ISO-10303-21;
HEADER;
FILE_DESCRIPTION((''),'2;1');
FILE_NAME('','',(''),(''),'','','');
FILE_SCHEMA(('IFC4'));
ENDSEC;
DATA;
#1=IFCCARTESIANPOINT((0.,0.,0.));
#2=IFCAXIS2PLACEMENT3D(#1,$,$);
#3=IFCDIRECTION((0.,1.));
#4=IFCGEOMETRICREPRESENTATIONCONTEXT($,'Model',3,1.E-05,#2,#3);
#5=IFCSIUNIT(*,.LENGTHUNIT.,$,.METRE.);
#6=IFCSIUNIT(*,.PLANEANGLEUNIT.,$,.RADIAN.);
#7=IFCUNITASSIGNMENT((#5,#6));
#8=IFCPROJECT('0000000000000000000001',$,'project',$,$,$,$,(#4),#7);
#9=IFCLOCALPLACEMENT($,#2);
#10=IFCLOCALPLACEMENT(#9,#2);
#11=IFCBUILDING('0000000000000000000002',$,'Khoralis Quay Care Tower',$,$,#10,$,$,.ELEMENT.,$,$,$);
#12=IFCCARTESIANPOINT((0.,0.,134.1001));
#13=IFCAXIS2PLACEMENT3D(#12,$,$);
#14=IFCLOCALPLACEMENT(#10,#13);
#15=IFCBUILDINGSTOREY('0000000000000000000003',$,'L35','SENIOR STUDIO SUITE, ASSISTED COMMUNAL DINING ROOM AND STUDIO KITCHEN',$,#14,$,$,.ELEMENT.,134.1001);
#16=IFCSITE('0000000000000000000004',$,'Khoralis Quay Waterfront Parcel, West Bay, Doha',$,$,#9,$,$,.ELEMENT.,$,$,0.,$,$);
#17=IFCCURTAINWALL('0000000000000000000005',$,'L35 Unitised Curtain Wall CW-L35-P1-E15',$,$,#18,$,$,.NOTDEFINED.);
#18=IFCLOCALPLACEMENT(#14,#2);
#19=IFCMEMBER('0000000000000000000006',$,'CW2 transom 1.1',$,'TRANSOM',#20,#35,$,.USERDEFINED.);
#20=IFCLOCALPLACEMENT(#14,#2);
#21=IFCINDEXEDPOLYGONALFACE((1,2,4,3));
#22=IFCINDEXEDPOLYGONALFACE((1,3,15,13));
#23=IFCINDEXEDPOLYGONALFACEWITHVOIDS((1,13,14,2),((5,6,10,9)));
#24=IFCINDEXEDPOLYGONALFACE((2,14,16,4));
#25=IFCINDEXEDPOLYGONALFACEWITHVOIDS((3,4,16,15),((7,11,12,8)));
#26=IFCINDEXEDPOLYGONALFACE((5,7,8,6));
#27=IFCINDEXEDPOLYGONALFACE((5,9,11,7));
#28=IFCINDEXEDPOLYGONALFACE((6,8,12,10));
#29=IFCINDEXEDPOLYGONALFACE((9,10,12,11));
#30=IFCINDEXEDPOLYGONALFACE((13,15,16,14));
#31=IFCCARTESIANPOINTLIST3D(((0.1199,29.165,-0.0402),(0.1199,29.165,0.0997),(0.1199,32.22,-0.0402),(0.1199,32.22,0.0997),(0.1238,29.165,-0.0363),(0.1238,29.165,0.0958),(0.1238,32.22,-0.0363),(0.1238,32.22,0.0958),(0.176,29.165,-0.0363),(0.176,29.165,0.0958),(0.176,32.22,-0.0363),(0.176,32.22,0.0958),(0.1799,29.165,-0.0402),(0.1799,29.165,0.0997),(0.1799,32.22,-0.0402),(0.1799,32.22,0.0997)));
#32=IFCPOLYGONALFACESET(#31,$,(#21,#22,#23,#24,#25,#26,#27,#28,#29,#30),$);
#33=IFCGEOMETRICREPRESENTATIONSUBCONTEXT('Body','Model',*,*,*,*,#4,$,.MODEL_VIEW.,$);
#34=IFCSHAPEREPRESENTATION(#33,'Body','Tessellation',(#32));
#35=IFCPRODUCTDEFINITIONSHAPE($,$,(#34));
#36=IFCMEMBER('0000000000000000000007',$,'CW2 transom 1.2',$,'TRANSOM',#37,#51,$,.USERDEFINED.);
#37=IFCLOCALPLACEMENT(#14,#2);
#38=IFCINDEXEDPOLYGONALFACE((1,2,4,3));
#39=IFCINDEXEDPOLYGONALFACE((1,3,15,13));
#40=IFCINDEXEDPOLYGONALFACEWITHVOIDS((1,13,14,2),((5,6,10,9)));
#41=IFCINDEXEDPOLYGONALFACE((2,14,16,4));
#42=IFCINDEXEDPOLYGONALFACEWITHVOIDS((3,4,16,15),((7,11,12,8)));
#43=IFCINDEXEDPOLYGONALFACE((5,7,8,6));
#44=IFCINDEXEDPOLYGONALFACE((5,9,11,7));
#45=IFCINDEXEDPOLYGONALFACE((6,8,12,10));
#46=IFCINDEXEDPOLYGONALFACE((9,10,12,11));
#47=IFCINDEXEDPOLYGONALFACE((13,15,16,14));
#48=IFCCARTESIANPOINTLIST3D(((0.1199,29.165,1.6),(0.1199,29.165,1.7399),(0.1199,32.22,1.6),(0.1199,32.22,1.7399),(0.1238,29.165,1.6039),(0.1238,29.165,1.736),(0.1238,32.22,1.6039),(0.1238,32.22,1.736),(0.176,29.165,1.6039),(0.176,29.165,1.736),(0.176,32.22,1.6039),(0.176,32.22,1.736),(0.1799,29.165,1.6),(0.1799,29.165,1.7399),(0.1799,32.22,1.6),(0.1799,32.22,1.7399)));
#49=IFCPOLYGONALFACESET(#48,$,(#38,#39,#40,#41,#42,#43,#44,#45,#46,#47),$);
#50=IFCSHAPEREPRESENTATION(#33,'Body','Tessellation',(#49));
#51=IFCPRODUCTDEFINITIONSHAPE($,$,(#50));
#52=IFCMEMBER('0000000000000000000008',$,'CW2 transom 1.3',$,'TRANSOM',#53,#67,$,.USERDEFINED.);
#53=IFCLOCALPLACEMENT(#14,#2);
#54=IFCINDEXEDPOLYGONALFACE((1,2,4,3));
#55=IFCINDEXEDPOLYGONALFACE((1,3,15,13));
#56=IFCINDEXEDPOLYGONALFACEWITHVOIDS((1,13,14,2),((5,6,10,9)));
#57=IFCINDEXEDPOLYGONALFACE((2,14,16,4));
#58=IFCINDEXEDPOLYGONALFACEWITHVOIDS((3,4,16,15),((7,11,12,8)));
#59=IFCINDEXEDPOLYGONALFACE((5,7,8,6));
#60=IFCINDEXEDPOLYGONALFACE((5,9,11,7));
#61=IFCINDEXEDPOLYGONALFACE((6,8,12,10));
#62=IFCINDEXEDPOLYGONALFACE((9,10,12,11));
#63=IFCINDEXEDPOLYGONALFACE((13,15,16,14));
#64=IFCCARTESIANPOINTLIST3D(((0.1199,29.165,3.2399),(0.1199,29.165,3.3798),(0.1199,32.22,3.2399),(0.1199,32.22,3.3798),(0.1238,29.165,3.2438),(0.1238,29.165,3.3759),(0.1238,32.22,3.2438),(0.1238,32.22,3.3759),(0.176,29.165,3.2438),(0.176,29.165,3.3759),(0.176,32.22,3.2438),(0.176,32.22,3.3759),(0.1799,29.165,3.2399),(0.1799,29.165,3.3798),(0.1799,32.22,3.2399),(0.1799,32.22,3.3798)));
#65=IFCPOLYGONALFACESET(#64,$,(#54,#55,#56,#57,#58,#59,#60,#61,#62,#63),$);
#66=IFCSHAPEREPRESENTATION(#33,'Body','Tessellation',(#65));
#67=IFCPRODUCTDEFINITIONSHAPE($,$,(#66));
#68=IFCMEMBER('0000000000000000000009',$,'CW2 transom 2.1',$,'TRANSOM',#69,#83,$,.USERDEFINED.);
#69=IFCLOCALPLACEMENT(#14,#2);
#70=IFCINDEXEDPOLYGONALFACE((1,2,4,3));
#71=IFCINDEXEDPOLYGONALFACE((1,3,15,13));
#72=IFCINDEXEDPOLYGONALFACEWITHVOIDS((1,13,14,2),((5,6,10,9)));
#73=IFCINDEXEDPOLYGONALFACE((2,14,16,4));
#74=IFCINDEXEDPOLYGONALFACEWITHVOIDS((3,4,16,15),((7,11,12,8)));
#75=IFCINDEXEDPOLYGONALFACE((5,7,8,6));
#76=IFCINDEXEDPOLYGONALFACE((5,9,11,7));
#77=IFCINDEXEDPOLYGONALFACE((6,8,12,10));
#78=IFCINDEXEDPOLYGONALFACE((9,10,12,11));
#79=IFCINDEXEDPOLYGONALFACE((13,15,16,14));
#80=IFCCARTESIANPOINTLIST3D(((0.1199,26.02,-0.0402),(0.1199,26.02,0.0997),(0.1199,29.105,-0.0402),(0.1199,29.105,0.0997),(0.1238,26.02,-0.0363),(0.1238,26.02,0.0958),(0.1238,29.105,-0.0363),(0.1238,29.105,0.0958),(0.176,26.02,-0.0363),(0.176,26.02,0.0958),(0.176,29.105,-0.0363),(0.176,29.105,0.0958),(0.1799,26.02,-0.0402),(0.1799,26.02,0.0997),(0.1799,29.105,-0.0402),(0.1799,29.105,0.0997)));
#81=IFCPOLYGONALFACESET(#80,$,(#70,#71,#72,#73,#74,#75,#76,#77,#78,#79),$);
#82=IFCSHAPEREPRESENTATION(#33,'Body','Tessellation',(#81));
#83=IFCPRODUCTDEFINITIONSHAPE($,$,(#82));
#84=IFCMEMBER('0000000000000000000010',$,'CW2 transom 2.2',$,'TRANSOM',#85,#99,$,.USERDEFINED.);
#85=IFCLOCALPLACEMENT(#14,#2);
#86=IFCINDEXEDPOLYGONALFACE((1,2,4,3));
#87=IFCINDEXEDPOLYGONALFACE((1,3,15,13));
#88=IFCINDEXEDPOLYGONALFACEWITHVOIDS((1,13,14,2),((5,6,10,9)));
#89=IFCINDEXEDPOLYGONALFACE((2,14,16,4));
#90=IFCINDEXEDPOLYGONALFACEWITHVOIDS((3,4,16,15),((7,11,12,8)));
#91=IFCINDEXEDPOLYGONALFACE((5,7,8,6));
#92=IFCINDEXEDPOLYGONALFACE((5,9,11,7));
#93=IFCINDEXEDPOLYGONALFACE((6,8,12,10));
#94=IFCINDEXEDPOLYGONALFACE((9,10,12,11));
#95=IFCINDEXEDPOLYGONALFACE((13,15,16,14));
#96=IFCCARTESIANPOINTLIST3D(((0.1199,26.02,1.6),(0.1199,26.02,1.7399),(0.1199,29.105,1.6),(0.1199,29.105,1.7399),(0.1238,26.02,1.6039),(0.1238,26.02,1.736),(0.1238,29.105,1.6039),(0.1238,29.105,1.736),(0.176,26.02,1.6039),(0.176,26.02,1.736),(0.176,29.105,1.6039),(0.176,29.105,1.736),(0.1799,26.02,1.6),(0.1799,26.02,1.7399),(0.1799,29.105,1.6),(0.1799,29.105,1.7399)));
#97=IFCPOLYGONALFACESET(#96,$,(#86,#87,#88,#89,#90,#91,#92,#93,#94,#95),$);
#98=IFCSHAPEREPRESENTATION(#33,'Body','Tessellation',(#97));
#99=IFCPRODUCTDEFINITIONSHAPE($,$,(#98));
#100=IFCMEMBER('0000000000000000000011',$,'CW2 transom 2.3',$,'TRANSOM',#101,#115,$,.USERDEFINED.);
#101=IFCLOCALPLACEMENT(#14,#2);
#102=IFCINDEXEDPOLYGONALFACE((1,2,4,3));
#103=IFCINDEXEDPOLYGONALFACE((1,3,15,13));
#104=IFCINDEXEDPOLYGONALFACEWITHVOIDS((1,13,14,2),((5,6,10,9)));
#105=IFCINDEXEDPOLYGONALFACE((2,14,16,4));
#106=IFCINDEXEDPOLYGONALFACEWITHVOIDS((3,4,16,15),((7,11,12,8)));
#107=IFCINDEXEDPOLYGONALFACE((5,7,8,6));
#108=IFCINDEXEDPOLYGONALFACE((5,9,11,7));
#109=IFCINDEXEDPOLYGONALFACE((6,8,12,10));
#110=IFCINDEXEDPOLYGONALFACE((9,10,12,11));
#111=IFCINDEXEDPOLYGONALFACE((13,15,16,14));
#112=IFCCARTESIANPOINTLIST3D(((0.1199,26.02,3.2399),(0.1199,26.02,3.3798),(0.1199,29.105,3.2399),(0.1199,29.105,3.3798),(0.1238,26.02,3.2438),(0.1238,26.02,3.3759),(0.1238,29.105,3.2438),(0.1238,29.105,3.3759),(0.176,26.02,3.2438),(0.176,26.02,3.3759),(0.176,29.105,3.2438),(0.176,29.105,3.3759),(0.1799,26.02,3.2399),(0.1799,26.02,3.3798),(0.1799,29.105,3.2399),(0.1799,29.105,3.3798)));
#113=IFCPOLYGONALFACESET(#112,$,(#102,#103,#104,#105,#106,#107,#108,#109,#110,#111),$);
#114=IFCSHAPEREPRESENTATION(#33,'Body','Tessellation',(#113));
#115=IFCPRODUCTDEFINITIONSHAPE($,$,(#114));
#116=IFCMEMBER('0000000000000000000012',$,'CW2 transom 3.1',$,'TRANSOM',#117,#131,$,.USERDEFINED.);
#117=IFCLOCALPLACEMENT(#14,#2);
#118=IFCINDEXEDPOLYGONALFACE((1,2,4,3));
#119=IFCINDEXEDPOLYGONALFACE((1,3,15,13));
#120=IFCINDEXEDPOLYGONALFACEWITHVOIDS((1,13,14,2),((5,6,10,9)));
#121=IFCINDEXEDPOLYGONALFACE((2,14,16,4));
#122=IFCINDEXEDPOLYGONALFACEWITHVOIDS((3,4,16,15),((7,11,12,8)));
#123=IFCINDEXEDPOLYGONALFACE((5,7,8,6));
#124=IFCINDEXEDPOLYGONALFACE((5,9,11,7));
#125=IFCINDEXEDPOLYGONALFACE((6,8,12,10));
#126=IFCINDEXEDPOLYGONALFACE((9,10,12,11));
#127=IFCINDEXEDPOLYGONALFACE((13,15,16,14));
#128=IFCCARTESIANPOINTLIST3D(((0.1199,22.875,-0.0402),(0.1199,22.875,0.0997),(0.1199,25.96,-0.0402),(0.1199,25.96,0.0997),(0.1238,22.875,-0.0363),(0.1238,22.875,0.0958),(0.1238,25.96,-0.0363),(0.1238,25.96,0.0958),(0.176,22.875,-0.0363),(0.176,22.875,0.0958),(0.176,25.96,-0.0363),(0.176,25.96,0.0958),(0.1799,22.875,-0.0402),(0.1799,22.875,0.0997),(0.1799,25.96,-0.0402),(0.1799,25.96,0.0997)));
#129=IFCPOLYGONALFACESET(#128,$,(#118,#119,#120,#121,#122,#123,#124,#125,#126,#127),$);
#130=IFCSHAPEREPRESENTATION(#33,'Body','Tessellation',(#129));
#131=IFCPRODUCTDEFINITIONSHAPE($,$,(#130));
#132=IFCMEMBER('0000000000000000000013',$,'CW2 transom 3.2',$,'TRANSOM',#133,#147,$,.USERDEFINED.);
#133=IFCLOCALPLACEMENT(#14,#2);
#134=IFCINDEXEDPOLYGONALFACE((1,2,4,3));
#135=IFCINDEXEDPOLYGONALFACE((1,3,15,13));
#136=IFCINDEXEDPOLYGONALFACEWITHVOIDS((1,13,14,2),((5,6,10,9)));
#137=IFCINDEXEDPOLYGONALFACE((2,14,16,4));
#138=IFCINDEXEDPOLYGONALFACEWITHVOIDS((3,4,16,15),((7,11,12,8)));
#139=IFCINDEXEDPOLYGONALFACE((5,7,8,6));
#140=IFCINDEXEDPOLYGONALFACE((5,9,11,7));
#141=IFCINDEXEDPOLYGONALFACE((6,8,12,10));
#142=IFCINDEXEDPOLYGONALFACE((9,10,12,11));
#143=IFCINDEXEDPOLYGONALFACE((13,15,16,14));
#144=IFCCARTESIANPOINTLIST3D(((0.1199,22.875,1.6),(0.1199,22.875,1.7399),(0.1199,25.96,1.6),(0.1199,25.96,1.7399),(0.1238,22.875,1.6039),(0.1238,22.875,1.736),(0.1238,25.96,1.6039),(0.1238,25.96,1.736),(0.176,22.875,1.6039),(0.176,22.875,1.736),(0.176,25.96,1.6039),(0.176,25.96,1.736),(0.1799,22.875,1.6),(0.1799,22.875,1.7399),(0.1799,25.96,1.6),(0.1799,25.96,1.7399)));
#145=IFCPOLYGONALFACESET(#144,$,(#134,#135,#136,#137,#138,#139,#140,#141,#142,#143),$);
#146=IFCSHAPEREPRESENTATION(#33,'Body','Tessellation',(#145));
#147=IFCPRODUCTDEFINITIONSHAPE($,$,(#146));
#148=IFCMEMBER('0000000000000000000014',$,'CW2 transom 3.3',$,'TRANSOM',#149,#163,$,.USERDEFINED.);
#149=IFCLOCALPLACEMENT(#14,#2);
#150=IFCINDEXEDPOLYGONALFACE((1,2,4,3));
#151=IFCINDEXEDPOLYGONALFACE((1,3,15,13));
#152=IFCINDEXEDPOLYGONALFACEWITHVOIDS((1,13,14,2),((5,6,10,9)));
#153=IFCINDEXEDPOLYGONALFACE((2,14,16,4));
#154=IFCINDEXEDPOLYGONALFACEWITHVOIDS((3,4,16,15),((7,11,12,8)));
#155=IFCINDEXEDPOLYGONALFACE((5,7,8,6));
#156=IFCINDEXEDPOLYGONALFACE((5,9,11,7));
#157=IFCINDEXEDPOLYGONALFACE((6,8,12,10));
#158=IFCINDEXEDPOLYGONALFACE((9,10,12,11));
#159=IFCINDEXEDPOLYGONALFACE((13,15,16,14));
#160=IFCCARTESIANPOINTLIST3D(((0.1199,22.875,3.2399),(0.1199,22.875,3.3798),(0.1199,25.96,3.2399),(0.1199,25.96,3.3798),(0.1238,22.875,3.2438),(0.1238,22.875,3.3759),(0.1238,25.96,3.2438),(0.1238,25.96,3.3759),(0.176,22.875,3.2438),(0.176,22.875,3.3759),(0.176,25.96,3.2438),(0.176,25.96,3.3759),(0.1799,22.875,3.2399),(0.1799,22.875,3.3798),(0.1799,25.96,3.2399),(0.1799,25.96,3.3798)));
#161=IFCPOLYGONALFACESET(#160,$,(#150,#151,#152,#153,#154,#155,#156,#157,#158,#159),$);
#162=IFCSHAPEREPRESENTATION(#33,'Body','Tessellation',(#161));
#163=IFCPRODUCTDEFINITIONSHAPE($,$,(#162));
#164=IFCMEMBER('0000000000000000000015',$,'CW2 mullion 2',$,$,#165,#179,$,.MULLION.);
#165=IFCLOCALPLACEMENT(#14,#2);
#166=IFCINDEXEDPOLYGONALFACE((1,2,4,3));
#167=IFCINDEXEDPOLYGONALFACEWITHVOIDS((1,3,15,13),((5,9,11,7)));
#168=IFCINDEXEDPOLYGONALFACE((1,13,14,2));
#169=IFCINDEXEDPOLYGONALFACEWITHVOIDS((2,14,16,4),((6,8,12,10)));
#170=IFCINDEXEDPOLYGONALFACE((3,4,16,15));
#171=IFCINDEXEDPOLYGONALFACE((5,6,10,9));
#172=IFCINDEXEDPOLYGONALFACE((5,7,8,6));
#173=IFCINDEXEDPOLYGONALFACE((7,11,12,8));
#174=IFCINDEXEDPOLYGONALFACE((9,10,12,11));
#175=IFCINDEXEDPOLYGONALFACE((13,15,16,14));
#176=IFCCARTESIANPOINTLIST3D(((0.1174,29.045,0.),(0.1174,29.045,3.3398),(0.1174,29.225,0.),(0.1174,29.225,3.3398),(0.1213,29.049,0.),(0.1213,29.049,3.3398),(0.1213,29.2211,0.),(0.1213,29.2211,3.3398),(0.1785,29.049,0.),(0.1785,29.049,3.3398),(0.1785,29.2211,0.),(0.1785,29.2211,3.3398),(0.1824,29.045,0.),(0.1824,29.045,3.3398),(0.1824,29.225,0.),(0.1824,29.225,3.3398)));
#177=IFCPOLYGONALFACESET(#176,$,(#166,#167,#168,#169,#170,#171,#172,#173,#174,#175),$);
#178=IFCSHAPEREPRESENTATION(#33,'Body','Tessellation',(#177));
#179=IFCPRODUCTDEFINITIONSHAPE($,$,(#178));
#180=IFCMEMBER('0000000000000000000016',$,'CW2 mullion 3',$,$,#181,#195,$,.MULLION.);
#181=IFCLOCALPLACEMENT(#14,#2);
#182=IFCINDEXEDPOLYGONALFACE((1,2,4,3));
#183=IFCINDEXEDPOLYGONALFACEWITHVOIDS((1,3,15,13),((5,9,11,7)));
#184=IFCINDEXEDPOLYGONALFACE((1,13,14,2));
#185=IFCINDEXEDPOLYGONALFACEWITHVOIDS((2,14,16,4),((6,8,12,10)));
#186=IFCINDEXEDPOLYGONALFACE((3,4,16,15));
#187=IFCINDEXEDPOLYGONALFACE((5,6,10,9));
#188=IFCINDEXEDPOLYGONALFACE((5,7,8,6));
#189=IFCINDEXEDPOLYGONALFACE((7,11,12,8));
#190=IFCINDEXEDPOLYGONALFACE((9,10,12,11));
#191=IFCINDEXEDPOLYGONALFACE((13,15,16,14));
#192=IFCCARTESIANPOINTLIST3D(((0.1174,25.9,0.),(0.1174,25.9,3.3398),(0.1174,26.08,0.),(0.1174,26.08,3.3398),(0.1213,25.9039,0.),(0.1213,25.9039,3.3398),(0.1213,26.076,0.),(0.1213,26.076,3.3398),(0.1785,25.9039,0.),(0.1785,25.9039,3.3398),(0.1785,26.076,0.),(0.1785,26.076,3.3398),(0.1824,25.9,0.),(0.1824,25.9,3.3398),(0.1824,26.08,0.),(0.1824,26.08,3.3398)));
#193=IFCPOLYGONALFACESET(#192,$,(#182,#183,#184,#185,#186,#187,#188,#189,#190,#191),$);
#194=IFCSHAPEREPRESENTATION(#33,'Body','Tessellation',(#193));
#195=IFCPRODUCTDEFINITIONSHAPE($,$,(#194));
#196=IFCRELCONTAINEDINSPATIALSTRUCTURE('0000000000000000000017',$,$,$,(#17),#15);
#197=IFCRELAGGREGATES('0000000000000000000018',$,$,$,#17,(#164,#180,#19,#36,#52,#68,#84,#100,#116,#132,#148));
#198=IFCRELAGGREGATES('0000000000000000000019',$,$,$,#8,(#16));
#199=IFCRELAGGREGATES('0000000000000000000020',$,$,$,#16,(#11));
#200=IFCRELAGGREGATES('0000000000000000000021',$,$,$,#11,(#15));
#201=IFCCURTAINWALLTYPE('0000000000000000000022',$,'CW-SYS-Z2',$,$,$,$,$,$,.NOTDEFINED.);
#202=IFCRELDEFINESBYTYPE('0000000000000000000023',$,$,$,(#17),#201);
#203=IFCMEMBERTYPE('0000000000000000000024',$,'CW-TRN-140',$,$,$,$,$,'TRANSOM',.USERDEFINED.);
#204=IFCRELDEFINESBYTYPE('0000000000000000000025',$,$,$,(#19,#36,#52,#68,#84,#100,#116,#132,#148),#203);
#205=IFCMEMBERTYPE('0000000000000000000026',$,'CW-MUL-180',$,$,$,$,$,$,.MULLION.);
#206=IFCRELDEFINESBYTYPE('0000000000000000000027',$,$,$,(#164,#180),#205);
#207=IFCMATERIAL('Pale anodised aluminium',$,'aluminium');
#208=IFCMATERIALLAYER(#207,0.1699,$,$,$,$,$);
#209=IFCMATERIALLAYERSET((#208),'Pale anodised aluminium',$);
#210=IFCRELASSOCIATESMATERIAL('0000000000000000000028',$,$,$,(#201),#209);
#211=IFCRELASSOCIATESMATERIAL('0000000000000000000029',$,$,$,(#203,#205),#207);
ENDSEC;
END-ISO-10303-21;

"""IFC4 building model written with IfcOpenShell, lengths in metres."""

from ifc_helpers import new_model, si_unit, direction, frame, origin, origin_2d, place, context, subcontext, project, spatial, hollow_rectangle, extrude, source, transform, mapped, material, layer, layer_set, material_profile, profile_set, type_object, element, aggregate, save


model = new_model("IFC4")

# Units and contexts
model_context = context("Model", 3, precision=1e-05, world=origin(), true_north=direction((0.0, 1.0)))
body_context = subcontext(model_context, "Body", "Model", "MODEL_VIEW")
ifc_project = project(units=[si_unit("LENGTHUNIT", "METRE"), si_unit("PLANEANGLEUNIT", "RADIAN")], contexts=[model_context])

# Site, building, storey
site_placement = place(None, origin())
site = spatial("IfcSite", under=ifc_project, at=site_placement, Name="Khoralis Quay Waterfront Parcel, West Bay, Doha", CompositionType="ELEMENT", RefElevation=0.0)
building_placement = place(site_placement, origin())
building = spatial("IfcBuilding", under=site, at=building_placement, Name="Khoralis Quay Care Tower", CompositionType="ELEMENT")
storey_placement = place(building_placement, frame((0.0, 0.0, 134.1001)))
storey = spatial("IfcBuildingStorey", under=building, at=storey_placement, Name="L35", Description="SENIOR STUDIO SUITE, ASSISTED COMMUNAL DINING ROOM AND STUDIO KITCHEN", CompositionType="ELEMENT", Elevation=134.1001)

# Curtain wall, members
ifc_material_1 = material(Name="Pale anodised aluminium", Category="aluminium")
ifc_layer_1 = layer(ifc_material_1, 0.1699)
ifc_layer_set_1 = layer_set([ifc_layer_1], Name="Pale anodised aluminium")
curtain_wall_type = type_object("IfcCurtainWallType", Name="CW-SYS-Z2", PredefinedType="NOTDEFINED", material=ifc_layer_set_1)
curtain_wall_placement = place(storey_placement, origin())
curtain_wall = element("IfcCurtainWall", 1, at=curtain_wall_placement, inside=storey, type_object=curtain_wall_type, Name="L35 Unitised Curtain Wall CW-L35-P1-E15", PredefinedType="NOTDEFINED")
ifc_material_profile_1 = material_profile(ifc_material_1, hollow_rectangle(XDim=0.0601, YDim=0.1399, WallThickness=0.0039, at=origin_2d()), Name="Pale anodised aluminium")
ifc_profile_set_1 = profile_set([ifc_material_profile_1], Name="Pale anodised aluminium")
member_type_1 = type_object("IfcMemberType", Name="CW-TRN-140", ElementType="TRANSOM", PredefinedType="USERDEFINED", material=ifc_profile_set_1)
shared_shape_1 = source(origin(), body_context, "Body", "SweptSolid", [
    extrude(hollow_rectangle(XDim=0.0601, YDim=0.1399, WallThickness=0.0039, at=origin_2d()), origin(), (0.0, 0.0, 1.0), 3.0549),
])
member_1_placement = place(storey_placement, frame((0.1499, 32.22, 0.0298), z_axis=(0.0, -1.0, 0.0), x_axis=(1.0, 0.0, 0.0)))
member_1 = element("IfcMember", 2, at=member_1_placement, type_object=member_type_1, Name="CW2 transom 1.1", ObjectType="TRANSOM", PredefinedType="USERDEFINED", context=body_context, shape_type="MappedRepresentation", body=[
    mapped(shared_shape_1, transform((0.0, 0.0, 0.0), scale=1.0)),
])
member_2_placement = place(storey_placement, frame((0.1499, 32.22, 1.6699), z_axis=(0.0, -1.0, 0.0), x_axis=(1.0, 0.0, 0.0)))
member_2 = element("IfcMember", 3, at=member_2_placement, type_object=member_type_1, Name="CW2 transom 1.2", ObjectType="TRANSOM", PredefinedType="USERDEFINED", context=body_context, shape_type="MappedRepresentation", body=[
    mapped(shared_shape_1, transform((0.0, 0.0, 0.0), scale=1.0)),
])
member_3_placement = place(storey_placement, frame((0.1499, 32.22, 3.3098), z_axis=(0.0, -1.0, 0.0), x_axis=(1.0, 0.0, 0.0)))
member_3 = element("IfcMember", 4, at=member_3_placement, type_object=member_type_1, Name="CW2 transom 1.3", ObjectType="TRANSOM", PredefinedType="USERDEFINED", context=body_context, shape_type="MappedRepresentation", body=[
    mapped(shared_shape_1, transform((0.0, 0.0, 0.0), scale=1.0)),
])
shared_shape_2 = source(origin(), body_context, "Body", "SweptSolid", [
    extrude(hollow_rectangle(XDim=0.0601, YDim=0.1399, WallThickness=0.0039, at=origin_2d()), origin(), (0.0, 0.0, 1.0), 3.085),
])
member_4_placement = place(storey_placement, frame((0.1499, 29.105, 0.0298), z_axis=(0.0, -1.0, 0.0), x_axis=(1.0, 0.0, 0.0)))
member_4 = element("IfcMember", 5, at=member_4_placement, type_object=member_type_1, Name="CW2 transom 2.1", ObjectType="TRANSOM", PredefinedType="USERDEFINED", context=body_context, shape_type="MappedRepresentation", body=[
    mapped(shared_shape_2, transform((0.0, 0.0, 0.0), scale=1.0)),
])
member_5_placement = place(storey_placement, frame((0.1499, 29.105, 1.6699), z_axis=(0.0, -1.0, 0.0), x_axis=(1.0, 0.0, 0.0)))
member_5 = element("IfcMember", 6, at=member_5_placement, type_object=member_type_1, Name="CW2 transom 2.2", ObjectType="TRANSOM", PredefinedType="USERDEFINED", context=body_context, shape_type="MappedRepresentation", body=[
    mapped(shared_shape_2, transform((0.0, 0.0, 0.0), scale=1.0)),
])
member_6_placement = place(storey_placement, frame((0.1499, 29.105, 3.3098), z_axis=(0.0, -1.0, 0.0), x_axis=(1.0, 0.0, 0.0)))
member_6 = element("IfcMember", 7, at=member_6_placement, type_object=member_type_1, Name="CW2 transom 2.3", ObjectType="TRANSOM", PredefinedType="USERDEFINED", context=body_context, shape_type="MappedRepresentation", body=[
    mapped(shared_shape_2, transform((0.0, 0.0, 0.0), scale=1.0)),
])
member_7_placement = place(storey_placement, frame((0.1499, 25.96, 0.0298), z_axis=(0.0, -1.0, 0.0), x_axis=(1.0, 0.0, 0.0)))
member_7 = element("IfcMember", 8, at=member_7_placement, type_object=member_type_1, Name="CW2 transom 3.1", ObjectType="TRANSOM", PredefinedType="USERDEFINED", context=body_context, shape_type="MappedRepresentation", body=[
    mapped(shared_shape_2, transform((0.0, 0.0, 0.0), scale=1.0)),
])
member_8_placement = place(storey_placement, frame((0.1499, 25.96, 1.6699), z_axis=(0.0, -1.0, 0.0), x_axis=(1.0, 0.0, 0.0)))
member_8 = element("IfcMember", 9, at=member_8_placement, type_object=member_type_1, Name="CW2 transom 3.2", ObjectType="TRANSOM", PredefinedType="USERDEFINED", context=body_context, shape_type="MappedRepresentation", body=[
    mapped(shared_shape_2, transform((0.0, 0.0, 0.0), scale=1.0)),
])
member_9_placement = place(storey_placement, frame((0.1499, 25.96, 3.3098), z_axis=(0.0, -1.0, 0.0), x_axis=(1.0, 0.0, 0.0)))
member_9 = element("IfcMember", 10, at=member_9_placement, type_object=member_type_1, Name="CW2 transom 3.3", ObjectType="TRANSOM", PredefinedType="USERDEFINED", context=body_context, shape_type="MappedRepresentation", body=[
    mapped(shared_shape_2, transform((0.0, 0.0, 0.0), scale=1.0)),
])
ifc_material_profile_2 = material_profile(ifc_material_1, hollow_rectangle(XDim=0.0649, YDim=0.1799, WallThickness=0.0039, at=origin_2d()), Name="Pale anodised aluminium")
ifc_profile_set_2 = profile_set([ifc_material_profile_2], Name="Pale anodised aluminium")
member_type_2 = type_object("IfcMemberType", Name="CW-MUL-180", PredefinedType="MULLION", material=ifc_profile_set_2)
shared_shape_3 = source(origin(), body_context, "Body", "SweptSolid", [
    extrude(hollow_rectangle(XDim=0.0649, YDim=0.1799, WallThickness=0.0039, at=origin_2d()), origin(), (0.0, 0.0, 1.0), 3.3398),
])
member_10_placement = place(storey_placement, frame((0.1499, 29.135, 0.0), z_axis=(0.0, 0.0, 1.0), x_axis=(1.0, 0.0, 0.0)))
member_10 = element("IfcMember", 11, at=member_10_placement, type_object=member_type_2, Name="CW2 mullion 2", PredefinedType="MULLION", context=body_context, shape_type="MappedRepresentation", body=[
    mapped(shared_shape_3, transform((0.0, 0.0, 0.0), scale=1.0)),
])
member_11_placement = place(storey_placement, frame((0.1499, 25.99, 0.0), z_axis=(0.0, 0.0, 1.0), x_axis=(1.0, 0.0, 0.0)))
member_11 = element("IfcMember", 12, at=member_11_placement, type_object=member_type_2, Name="CW2 mullion 3", PredefinedType="MULLION", context=body_context, shape_type="MappedRepresentation", body=[
    mapped(shared_shape_3, transform((0.0, 0.0, 0.0), scale=1.0)),
])
aggregate(curtain_wall, [member_10, member_11, member_1, member_2, member_3, member_4, member_5, member_6, member_7, member_8, member_9])

save(model, "model.ifc")
